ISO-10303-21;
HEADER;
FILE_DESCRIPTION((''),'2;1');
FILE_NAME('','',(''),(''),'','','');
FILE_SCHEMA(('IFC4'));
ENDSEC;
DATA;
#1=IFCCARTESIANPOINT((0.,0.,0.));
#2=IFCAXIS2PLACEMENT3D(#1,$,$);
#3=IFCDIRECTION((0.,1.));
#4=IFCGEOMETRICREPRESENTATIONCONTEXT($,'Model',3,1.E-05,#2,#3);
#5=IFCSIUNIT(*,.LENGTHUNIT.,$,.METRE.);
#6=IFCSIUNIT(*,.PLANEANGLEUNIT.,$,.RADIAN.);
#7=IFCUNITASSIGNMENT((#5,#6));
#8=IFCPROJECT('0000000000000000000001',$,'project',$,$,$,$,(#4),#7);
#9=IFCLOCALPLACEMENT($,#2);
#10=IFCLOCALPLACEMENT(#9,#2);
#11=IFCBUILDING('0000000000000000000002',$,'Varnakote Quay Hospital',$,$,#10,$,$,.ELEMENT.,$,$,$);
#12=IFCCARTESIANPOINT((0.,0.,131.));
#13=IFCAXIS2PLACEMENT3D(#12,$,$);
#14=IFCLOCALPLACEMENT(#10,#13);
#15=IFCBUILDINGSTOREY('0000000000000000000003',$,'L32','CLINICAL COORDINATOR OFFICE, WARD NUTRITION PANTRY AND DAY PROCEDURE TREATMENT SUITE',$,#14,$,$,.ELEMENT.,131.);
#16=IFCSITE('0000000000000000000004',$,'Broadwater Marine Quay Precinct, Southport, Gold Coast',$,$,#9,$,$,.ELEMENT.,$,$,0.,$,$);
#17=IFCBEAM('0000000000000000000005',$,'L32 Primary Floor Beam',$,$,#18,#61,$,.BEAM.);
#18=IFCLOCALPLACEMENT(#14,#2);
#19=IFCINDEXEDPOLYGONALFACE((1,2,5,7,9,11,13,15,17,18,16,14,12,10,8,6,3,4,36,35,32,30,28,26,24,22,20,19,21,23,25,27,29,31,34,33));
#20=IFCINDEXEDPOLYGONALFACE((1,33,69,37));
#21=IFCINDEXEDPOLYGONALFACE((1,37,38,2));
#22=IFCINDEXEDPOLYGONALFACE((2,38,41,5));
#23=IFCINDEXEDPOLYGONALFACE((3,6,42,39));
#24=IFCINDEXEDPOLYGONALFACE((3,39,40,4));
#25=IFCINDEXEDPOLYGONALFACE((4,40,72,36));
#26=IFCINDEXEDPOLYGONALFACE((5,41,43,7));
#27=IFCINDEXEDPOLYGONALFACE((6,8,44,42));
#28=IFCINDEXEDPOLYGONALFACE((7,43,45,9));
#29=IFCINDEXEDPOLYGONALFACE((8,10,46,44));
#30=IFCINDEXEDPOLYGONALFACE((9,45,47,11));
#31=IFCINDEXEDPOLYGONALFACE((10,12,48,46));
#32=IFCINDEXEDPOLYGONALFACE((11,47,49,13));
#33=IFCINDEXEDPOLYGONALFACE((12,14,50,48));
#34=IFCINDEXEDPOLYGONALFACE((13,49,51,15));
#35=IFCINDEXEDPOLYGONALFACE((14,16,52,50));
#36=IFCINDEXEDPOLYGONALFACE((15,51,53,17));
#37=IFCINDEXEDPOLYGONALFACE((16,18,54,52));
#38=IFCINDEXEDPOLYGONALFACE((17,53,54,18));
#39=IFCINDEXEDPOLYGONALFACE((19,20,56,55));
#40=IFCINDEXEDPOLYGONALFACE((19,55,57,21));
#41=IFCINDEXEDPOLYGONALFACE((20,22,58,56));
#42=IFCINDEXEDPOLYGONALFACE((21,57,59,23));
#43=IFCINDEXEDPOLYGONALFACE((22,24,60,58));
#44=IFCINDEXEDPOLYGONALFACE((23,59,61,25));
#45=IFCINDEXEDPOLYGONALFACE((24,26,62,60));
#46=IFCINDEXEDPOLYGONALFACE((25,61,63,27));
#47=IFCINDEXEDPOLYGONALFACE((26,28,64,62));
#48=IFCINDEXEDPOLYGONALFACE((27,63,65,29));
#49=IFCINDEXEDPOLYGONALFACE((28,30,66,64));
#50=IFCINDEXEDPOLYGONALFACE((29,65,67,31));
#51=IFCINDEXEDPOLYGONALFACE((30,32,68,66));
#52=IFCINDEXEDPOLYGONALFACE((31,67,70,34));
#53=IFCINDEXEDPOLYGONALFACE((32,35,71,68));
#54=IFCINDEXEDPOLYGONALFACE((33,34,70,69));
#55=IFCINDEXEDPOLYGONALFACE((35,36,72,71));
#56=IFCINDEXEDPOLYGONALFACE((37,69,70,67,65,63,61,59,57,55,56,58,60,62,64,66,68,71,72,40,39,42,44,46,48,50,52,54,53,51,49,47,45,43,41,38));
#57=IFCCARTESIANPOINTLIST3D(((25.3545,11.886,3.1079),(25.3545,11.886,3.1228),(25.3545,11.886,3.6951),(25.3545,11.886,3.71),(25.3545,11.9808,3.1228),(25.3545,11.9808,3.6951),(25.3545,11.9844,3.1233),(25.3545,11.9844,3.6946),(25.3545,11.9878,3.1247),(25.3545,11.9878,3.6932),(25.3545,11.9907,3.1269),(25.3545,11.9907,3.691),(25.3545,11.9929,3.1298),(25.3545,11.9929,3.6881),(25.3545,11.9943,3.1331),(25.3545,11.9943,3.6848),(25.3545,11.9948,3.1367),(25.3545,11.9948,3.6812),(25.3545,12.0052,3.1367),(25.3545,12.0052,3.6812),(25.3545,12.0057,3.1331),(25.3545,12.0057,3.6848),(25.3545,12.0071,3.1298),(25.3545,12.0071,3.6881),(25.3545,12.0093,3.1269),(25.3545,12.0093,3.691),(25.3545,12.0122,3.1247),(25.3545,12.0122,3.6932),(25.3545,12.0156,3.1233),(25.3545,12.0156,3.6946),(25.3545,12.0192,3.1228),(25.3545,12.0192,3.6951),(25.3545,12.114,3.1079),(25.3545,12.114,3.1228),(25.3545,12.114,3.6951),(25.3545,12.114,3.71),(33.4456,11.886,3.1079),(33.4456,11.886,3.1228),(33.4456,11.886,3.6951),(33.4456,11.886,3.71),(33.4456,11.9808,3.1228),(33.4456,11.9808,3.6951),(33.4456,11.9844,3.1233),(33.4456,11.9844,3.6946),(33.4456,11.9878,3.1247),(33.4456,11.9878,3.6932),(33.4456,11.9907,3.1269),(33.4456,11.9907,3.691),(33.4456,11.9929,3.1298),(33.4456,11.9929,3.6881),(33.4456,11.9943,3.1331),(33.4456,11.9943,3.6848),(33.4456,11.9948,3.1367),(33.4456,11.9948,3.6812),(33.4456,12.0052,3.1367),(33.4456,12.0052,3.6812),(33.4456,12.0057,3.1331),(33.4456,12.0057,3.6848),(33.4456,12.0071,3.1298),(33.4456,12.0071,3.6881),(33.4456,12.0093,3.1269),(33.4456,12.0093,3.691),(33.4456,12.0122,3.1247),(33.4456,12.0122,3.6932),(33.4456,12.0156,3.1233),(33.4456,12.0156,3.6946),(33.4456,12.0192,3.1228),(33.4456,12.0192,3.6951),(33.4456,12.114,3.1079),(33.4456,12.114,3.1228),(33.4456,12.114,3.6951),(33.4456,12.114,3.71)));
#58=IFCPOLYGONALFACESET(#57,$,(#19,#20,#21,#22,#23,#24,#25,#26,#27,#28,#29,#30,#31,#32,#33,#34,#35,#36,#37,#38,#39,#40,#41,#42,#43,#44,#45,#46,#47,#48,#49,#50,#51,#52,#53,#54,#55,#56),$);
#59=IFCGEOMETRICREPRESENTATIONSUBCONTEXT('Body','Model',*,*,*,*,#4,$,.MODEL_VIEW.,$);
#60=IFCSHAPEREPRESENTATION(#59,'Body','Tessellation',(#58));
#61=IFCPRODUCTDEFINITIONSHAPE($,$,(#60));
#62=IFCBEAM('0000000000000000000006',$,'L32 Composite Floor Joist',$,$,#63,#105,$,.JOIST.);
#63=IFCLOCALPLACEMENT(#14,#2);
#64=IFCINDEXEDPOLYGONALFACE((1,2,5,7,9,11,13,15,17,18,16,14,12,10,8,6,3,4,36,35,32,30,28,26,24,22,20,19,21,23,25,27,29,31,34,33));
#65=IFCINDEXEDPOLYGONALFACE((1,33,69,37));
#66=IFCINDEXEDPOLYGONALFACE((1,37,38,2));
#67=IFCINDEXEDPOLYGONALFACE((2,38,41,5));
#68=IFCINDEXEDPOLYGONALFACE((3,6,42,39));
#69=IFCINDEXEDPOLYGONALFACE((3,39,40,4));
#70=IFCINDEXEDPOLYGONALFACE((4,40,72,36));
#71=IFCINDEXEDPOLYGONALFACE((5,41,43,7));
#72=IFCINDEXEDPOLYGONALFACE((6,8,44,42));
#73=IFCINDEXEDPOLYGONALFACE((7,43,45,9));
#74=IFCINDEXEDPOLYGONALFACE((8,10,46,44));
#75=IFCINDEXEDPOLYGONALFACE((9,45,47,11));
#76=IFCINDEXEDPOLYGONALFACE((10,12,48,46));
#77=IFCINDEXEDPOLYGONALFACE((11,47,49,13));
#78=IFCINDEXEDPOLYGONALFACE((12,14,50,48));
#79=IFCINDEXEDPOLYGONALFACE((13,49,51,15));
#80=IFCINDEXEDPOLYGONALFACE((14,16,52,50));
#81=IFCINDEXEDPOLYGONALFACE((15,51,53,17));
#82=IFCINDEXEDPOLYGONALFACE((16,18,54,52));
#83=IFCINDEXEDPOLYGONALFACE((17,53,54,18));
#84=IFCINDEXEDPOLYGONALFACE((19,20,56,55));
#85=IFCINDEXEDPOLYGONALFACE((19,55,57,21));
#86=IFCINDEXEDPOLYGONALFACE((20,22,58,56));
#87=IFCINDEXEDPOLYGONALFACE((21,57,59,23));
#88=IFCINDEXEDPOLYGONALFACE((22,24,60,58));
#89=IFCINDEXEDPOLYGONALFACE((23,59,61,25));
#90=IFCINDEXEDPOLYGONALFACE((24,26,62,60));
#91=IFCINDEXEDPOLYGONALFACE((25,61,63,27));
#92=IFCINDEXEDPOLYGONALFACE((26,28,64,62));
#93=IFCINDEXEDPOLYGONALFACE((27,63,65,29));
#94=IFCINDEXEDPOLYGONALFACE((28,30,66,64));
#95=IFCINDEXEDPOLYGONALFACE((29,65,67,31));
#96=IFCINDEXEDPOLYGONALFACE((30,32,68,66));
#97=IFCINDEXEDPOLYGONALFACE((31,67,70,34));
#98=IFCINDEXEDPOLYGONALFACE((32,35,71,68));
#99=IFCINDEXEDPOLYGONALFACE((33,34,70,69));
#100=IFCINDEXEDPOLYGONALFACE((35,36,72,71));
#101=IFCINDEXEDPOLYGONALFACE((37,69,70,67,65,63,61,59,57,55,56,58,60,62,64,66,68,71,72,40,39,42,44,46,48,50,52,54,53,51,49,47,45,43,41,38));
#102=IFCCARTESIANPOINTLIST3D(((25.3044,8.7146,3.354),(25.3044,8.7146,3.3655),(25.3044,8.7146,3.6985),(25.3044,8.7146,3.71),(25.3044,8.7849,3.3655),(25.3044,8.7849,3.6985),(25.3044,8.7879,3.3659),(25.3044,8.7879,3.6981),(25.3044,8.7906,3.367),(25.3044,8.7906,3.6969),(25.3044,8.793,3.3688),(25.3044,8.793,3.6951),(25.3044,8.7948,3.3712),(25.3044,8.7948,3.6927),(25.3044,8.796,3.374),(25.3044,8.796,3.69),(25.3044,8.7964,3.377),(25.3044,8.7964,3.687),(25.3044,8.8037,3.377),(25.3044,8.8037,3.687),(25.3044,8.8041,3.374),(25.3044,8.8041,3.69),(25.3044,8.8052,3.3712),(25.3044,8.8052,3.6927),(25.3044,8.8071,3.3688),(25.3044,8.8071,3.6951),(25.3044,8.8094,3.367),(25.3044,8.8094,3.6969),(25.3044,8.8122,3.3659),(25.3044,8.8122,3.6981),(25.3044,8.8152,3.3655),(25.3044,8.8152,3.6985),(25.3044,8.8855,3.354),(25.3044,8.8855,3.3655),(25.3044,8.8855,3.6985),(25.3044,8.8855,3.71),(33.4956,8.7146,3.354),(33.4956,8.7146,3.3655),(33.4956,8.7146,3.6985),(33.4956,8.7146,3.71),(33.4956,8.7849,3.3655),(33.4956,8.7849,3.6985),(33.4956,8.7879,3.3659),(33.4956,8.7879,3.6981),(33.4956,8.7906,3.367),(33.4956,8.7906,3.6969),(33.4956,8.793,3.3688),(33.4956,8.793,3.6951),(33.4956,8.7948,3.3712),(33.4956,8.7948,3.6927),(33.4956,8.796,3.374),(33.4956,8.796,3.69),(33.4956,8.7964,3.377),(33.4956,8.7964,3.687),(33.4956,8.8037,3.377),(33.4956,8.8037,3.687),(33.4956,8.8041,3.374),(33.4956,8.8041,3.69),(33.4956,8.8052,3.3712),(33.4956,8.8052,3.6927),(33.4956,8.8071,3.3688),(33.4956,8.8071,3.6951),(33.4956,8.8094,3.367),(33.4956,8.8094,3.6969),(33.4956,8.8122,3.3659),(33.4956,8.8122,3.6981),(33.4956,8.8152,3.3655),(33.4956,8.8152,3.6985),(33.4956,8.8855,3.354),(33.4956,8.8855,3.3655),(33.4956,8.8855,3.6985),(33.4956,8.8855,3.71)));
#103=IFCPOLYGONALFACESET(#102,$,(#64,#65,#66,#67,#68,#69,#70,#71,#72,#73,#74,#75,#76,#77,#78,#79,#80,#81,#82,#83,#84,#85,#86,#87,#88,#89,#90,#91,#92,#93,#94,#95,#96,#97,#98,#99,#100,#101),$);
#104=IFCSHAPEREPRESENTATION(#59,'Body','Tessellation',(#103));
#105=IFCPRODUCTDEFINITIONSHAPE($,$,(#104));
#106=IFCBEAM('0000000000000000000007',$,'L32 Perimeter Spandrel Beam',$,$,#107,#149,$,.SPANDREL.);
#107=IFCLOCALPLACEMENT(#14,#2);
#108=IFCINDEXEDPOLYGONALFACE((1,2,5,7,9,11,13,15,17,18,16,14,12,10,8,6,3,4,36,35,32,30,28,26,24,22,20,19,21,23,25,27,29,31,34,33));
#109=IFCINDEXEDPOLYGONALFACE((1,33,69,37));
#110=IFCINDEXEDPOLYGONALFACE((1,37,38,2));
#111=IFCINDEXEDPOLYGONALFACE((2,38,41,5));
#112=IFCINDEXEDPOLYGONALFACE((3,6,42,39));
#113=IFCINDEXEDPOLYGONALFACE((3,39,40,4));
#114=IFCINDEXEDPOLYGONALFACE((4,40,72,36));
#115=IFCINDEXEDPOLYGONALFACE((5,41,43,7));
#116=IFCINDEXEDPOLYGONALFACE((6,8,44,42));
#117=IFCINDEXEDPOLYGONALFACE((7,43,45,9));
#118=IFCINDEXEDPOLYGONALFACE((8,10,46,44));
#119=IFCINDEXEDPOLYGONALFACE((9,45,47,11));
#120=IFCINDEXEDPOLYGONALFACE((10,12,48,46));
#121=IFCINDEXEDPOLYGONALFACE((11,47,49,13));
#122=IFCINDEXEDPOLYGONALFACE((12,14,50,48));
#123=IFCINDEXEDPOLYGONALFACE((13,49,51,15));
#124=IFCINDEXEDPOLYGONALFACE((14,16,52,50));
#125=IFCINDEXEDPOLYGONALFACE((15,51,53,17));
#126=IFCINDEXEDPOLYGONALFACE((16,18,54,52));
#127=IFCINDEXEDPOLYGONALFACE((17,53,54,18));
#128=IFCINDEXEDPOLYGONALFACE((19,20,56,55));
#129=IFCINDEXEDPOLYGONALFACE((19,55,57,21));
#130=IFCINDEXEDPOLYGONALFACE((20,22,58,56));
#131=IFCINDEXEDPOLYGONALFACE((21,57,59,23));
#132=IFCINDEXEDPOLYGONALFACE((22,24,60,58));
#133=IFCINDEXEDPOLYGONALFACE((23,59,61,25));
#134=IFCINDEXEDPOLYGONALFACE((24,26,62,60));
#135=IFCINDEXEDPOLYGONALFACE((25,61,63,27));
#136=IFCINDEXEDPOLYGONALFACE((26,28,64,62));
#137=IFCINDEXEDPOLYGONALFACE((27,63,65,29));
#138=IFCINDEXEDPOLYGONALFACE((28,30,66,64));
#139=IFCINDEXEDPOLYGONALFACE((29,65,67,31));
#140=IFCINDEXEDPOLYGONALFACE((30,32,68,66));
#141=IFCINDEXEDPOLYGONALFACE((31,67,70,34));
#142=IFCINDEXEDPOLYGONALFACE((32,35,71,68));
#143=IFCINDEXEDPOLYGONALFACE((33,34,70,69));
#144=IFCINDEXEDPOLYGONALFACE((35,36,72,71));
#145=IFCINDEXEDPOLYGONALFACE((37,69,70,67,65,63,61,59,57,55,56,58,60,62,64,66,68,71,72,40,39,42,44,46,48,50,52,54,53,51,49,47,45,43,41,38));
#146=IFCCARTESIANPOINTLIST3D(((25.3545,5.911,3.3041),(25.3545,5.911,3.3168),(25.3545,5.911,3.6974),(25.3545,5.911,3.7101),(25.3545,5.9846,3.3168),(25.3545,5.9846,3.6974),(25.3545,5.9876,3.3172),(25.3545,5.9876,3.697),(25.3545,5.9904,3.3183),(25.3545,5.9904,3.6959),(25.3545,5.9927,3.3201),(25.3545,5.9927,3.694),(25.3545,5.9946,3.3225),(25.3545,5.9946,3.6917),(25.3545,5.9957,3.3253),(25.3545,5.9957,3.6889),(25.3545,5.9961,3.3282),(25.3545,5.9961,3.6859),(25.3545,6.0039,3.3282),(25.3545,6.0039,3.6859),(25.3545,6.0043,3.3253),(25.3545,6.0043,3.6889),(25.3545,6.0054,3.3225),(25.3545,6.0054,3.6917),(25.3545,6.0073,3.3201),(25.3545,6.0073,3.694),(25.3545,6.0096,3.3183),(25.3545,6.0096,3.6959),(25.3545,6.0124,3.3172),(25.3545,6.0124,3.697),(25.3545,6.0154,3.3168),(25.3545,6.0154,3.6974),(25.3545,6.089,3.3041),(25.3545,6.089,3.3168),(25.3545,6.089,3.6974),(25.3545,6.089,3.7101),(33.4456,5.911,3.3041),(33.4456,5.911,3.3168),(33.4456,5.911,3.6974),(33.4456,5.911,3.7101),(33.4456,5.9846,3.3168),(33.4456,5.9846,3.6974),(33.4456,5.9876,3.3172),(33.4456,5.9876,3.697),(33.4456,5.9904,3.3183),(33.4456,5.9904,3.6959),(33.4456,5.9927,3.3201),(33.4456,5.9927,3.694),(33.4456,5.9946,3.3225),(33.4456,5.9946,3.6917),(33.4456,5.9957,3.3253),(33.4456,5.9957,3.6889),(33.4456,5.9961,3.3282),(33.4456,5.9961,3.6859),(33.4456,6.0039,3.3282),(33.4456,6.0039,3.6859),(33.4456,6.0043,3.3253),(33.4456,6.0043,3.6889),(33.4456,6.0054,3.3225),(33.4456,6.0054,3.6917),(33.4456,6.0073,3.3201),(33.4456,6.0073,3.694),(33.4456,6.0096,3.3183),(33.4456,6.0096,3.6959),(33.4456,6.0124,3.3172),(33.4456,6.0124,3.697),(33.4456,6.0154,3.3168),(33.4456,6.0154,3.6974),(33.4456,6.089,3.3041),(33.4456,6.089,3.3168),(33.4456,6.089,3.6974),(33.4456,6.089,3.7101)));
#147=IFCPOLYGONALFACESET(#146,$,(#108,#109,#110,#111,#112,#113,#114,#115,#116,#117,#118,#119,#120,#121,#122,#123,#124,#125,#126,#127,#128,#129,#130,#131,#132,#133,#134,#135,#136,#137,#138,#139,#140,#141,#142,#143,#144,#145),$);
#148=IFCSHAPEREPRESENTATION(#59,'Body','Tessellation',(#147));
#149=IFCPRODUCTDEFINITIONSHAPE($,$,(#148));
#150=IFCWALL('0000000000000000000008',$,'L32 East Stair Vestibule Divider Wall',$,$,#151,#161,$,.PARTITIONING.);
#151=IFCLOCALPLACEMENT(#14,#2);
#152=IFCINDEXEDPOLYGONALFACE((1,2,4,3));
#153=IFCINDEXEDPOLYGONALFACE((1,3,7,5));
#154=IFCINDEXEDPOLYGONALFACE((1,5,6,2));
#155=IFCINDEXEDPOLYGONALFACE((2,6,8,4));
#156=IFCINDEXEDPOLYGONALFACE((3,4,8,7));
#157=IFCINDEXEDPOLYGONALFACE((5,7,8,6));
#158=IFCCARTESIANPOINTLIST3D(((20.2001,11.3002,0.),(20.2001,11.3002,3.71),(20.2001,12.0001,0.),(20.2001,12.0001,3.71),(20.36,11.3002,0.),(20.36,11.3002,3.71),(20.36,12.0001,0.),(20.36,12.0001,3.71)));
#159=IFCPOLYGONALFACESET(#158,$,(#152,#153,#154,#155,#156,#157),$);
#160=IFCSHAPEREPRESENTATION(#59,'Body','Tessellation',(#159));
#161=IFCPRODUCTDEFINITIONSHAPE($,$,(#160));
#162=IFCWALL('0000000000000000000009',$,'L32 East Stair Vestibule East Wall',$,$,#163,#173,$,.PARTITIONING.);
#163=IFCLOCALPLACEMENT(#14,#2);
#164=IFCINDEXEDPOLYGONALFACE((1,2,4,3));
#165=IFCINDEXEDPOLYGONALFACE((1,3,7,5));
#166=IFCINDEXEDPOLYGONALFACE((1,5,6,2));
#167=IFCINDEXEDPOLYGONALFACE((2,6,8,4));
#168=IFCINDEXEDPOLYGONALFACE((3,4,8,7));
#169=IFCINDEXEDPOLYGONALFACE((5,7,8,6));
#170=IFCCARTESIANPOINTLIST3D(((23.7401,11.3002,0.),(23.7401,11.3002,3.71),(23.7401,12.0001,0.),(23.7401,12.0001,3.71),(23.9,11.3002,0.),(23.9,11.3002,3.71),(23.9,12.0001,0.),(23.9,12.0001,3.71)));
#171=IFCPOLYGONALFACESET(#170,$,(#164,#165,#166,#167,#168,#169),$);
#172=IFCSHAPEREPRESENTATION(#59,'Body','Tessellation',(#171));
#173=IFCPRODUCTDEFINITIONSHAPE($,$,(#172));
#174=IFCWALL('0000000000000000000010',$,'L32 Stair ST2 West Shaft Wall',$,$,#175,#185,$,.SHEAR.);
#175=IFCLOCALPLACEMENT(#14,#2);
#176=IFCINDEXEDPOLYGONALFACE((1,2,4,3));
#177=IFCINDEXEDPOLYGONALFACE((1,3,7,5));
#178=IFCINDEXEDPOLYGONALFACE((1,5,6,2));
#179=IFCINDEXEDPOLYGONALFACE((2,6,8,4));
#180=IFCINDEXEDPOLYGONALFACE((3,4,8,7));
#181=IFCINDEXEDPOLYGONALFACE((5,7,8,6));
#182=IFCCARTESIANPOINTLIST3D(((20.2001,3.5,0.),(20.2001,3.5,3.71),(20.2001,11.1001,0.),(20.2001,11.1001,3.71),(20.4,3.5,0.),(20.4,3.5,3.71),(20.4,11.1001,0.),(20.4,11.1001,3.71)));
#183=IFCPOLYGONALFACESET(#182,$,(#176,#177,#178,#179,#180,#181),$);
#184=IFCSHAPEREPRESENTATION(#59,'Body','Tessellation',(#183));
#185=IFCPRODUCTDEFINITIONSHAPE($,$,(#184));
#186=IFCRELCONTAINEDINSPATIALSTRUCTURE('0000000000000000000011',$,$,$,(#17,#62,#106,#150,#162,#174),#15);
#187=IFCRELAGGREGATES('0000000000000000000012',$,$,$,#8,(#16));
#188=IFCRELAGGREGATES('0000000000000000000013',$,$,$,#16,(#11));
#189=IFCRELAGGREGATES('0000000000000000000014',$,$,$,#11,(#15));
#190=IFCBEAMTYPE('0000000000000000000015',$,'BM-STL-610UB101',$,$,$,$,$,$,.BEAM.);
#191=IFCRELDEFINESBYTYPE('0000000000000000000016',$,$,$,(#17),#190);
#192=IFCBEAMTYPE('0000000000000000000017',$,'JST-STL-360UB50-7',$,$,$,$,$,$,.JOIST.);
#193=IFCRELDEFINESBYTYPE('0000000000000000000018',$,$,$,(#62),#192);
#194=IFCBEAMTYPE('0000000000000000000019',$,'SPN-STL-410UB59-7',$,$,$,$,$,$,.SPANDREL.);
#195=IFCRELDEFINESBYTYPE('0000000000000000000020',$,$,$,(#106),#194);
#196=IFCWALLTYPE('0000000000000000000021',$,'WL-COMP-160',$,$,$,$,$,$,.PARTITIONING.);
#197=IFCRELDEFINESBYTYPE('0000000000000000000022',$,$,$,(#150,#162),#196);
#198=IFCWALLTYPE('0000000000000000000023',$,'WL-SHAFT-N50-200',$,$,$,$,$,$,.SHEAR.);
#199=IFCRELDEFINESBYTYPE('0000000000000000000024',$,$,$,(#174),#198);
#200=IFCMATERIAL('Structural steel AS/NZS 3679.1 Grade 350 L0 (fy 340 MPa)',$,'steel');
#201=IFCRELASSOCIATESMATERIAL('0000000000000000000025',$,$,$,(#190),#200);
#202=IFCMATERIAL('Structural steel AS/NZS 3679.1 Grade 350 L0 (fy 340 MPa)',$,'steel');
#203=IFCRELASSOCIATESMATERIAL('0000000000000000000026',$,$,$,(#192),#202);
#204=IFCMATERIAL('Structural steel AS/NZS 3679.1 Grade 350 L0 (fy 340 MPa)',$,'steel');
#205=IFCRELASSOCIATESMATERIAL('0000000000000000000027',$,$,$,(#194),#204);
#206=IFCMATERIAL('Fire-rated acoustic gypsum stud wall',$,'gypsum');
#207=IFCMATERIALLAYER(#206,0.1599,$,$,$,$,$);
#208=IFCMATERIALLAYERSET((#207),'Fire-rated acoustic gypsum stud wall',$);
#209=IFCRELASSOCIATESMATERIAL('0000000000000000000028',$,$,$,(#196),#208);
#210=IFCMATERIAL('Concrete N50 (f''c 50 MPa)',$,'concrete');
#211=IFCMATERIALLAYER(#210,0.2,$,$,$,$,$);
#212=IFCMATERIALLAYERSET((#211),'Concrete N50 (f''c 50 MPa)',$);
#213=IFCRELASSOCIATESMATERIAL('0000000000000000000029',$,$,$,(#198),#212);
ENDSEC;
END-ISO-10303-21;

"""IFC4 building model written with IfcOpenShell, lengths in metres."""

from ifc_helpers import new_model, si_unit, direction, frame, frame_2d, origin, origin_2d, place, context, subcontext, project, spatial, rectangle, i_section, extrude, material, layer, layer_set, material_profile, profile_set, type_object, element, save


model = new_model("IFC4")

# Units and contexts
model_context = context("Model", 3, precision=1e-05, world=origin(), true_north=direction((0.0, 1.0)))
body_context = subcontext(model_context, "Body", "Model", "MODEL_VIEW")
ifc_project = project(units=[si_unit("LENGTHUNIT", "METRE"), si_unit("PLANEANGLEUNIT", "RADIAN")], contexts=[model_context])

# Site, building, storey
site_placement = place(None, origin())
site = spatial("IfcSite", under=ifc_project, at=site_placement, Name="Broadwater Marine Quay Precinct, Southport, Gold Coast", CompositionType="ELEMENT", RefElevation=0.0)
building_placement = place(site_placement, origin())
building = spatial("IfcBuilding", under=site, at=building_placement, Name="Varnakote Quay Hospital", CompositionType="ELEMENT")
storey_placement = place(building_placement, frame((0.0, 0.0, 131.0)))
storey = spatial("IfcBuildingStorey", under=building, at=storey_placement, Name="L32", Description="CLINICAL COORDINATOR OFFICE, WARD NUTRITION PANTRY AND DAY PROCEDURE TREATMENT SUITE", CompositionType="ELEMENT", Elevation=131.0)

# Beams
ifc_material_1 = material(Name="Structural steel AS/NZS 3679.1 Grade 350 L0 (fy 340 MPa)", Category="steel")
ifc_material_profile_1 = material_profile(ifc_material_1, i_section(OverallWidth=0.228, OverallDepth=0.6021, WebThickness=0.0105, FlangeThickness=0.0149, FilletRadius=0.0139, at=origin_2d()), Name="610UB101")
ifc_profile_set_1 = profile_set([ifc_material_profile_1], Name="Structural steel AS/NZS 3679.1 Grade 350 L0 (fy 340 MPa)")
beam_type_1 = type_object("IfcBeamType", Name="BM-STL-610UB101", PredefinedType="BEAM", material=ifc_profile_set_1)
beam_1_placement = place(storey_placement, frame((25.3545, 12.0, 3.4089), z_axis=(1.0, 0.0, 0.0), x_axis=(0.0, 1.0, 0.0)))
element("IfcBeam", 1, at=beam_1_placement, inside=storey, type_object=beam_type_1, Name="L32 Primary Floor Beam", PredefinedType="BEAM", context=body_context, shape_type="SweptSolid", body=[
    extrude(i_section(OverallWidth=0.228, OverallDepth=0.6021, WebThickness=0.0105, FlangeThickness=0.0149, FilletRadius=0.0139, at=origin_2d()), origin(), (0.0, 0.0, 1.0), 8.0911),
])
ifc_material_2 = material(Name="Structural steel AS/NZS 3679.1 Grade 350 L0 (fy 340 MPa)", Category="steel")
ifc_material_profile_2 = material_profile(ifc_material_2, i_section(OverallWidth=0.1709, OverallDepth=0.356, WebThickness=0.0073, FlangeThickness=0.0115, FilletRadius=0.0115, at=origin_2d()), Name="360UB50.7")
ifc_profile_set_2 = profile_set([ifc_material_profile_2], Name="Structural steel AS/NZS 3679.1 Grade 350 L0 (fy 340 MPa)")
beam_type_2 = type_object("IfcBeamType", Name="JST-STL-360UB50-7", PredefinedType="JOIST", material=ifc_profile_set_2)
beam_2_placement = place(storey_placement, frame((25.3044, 8.8, 3.532), z_axis=(1.0, 0.0, 0.0), x_axis=(0.0, 1.0, 0.0)))
element("IfcBeam", 2, at=beam_2_placement, inside=storey, type_object=beam_type_2, Name="L32 Composite Floor Joist", PredefinedType="JOIST", context=body_context, shape_type="SweptSolid", body=[
    extrude(i_section(OverallWidth=0.1709, OverallDepth=0.356, WebThickness=0.0073, FlangeThickness=0.0115, FilletRadius=0.0115, at=origin_2d()), origin(), (0.0, 0.0, 1.0), 8.1912),
])
ifc_material_3 = material(Name="Structural steel AS/NZS 3679.1 Grade 350 L0 (fy 340 MPa)", Category="steel")
ifc_material_profile_3 = material_profile(ifc_material_3, i_section(OverallWidth=0.178, OverallDepth=0.406, WebThickness=0.0078, FlangeThickness=0.0127, FilletRadius=0.0115, at=origin_2d()), Name="410UB59.7")
ifc_profile_set_3 = profile_set([ifc_material_profile_3], Name="Structural steel AS/NZS 3679.1 Grade 350 L0 (fy 340 MPa)")
beam_type_3 = type_object("IfcBeamType", Name="SPN-STL-410UB59-7", PredefinedType="SPANDREL", material=ifc_profile_set_3)
beam_3_placement = place(storey_placement, frame((25.3545, 6.0, 3.5071), z_axis=(1.0, 0.0, 0.0), x_axis=(0.0, 1.0, 0.0)))
element("IfcBeam", 3, at=beam_3_placement, inside=storey, type_object=beam_type_3, Name="L32 Perimeter Spandrel Beam", PredefinedType="SPANDREL", context=body_context, shape_type="SweptSolid", body=[
    extrude(i_section(OverallWidth=0.178, OverallDepth=0.406, WebThickness=0.0078, FlangeThickness=0.0127, FilletRadius=0.0115, at=origin_2d()), origin(), (0.0, 0.0, 1.0), 8.0911),
])

# Walls
ifc_material_4 = material(Name="Fire-rated acoustic gypsum stud wall", Category="gypsum")
ifc_layer_1 = layer(ifc_material_4, 0.1599)
ifc_layer_set_1 = layer_set([ifc_layer_1], Name="Fire-rated acoustic gypsum stud wall")
wall_type_1 = type_object("IfcWallType", Name="WL-COMP-160", PredefinedType="PARTITIONING", material=ifc_layer_set_1)
for number, where, z_axis, x_axis, name in (
    (4, (20.28, 11.3, 0.0), (0.0, 0.0, 1.0), (0.0, 1.0, 0.0), "L32 East Stair Vestibule Divider Wall"),
    (5, (23.8201, 11.3, 0.0), (0.0, 0.0, 1.0), (0.0, 1.0, 0.0), "L32 East Stair Vestibule East Wall"),
):
    element("IfcWall", number, at=place(storey_placement, frame(where, z_axis=z_axis, x_axis=x_axis)), inside=storey, type_object=wall_type_1, Name=name, PredefinedType="PARTITIONING", context=body_context, shape_type="SweptSolid", body=[
        extrude(rectangle(XDim=0.7, YDim=0.1599, at=frame_2d((0.3501, 0.0))), origin(), (0.0, 0.0, 1.0), 3.71),
    ])
ifc_material_5 = material(Name="Concrete N50 (f'c 50 MPa)", Category="concrete")
ifc_layer_2 = layer(ifc_material_5, 0.2)
ifc_layer_set_2 = layer_set([ifc_layer_2], Name="Concrete N50 (f'c 50 MPa)")
wall_type_2 = type_object("IfcWallType", Name="WL-SHAFT-N50-200", PredefinedType="SHEAR", material=ifc_layer_set_2)
for number, where, z_axis, x_axis, name in (
    (6, (20.3, 3.5, 0.0), (0.0, 0.0, 1.0), (0.0, 1.0, 0.0), "L32 Stair ST2 West Shaft Wall"),
):
    element("IfcWall", number, at=place(storey_placement, frame(where, z_axis=z_axis, x_axis=x_axis)), inside=storey, type_object=wall_type_2, Name=name, PredefinedType="SHEAR", context=body_context, shape_type="SweptSolid", body=[
        extrude(rectangle(XDim=7.6001, YDim=0.2, at=frame_2d((3.8, 0.0))), origin(), (0.0, 0.0, 1.0), 3.71),
    ])

save(model, "model.ifc")
